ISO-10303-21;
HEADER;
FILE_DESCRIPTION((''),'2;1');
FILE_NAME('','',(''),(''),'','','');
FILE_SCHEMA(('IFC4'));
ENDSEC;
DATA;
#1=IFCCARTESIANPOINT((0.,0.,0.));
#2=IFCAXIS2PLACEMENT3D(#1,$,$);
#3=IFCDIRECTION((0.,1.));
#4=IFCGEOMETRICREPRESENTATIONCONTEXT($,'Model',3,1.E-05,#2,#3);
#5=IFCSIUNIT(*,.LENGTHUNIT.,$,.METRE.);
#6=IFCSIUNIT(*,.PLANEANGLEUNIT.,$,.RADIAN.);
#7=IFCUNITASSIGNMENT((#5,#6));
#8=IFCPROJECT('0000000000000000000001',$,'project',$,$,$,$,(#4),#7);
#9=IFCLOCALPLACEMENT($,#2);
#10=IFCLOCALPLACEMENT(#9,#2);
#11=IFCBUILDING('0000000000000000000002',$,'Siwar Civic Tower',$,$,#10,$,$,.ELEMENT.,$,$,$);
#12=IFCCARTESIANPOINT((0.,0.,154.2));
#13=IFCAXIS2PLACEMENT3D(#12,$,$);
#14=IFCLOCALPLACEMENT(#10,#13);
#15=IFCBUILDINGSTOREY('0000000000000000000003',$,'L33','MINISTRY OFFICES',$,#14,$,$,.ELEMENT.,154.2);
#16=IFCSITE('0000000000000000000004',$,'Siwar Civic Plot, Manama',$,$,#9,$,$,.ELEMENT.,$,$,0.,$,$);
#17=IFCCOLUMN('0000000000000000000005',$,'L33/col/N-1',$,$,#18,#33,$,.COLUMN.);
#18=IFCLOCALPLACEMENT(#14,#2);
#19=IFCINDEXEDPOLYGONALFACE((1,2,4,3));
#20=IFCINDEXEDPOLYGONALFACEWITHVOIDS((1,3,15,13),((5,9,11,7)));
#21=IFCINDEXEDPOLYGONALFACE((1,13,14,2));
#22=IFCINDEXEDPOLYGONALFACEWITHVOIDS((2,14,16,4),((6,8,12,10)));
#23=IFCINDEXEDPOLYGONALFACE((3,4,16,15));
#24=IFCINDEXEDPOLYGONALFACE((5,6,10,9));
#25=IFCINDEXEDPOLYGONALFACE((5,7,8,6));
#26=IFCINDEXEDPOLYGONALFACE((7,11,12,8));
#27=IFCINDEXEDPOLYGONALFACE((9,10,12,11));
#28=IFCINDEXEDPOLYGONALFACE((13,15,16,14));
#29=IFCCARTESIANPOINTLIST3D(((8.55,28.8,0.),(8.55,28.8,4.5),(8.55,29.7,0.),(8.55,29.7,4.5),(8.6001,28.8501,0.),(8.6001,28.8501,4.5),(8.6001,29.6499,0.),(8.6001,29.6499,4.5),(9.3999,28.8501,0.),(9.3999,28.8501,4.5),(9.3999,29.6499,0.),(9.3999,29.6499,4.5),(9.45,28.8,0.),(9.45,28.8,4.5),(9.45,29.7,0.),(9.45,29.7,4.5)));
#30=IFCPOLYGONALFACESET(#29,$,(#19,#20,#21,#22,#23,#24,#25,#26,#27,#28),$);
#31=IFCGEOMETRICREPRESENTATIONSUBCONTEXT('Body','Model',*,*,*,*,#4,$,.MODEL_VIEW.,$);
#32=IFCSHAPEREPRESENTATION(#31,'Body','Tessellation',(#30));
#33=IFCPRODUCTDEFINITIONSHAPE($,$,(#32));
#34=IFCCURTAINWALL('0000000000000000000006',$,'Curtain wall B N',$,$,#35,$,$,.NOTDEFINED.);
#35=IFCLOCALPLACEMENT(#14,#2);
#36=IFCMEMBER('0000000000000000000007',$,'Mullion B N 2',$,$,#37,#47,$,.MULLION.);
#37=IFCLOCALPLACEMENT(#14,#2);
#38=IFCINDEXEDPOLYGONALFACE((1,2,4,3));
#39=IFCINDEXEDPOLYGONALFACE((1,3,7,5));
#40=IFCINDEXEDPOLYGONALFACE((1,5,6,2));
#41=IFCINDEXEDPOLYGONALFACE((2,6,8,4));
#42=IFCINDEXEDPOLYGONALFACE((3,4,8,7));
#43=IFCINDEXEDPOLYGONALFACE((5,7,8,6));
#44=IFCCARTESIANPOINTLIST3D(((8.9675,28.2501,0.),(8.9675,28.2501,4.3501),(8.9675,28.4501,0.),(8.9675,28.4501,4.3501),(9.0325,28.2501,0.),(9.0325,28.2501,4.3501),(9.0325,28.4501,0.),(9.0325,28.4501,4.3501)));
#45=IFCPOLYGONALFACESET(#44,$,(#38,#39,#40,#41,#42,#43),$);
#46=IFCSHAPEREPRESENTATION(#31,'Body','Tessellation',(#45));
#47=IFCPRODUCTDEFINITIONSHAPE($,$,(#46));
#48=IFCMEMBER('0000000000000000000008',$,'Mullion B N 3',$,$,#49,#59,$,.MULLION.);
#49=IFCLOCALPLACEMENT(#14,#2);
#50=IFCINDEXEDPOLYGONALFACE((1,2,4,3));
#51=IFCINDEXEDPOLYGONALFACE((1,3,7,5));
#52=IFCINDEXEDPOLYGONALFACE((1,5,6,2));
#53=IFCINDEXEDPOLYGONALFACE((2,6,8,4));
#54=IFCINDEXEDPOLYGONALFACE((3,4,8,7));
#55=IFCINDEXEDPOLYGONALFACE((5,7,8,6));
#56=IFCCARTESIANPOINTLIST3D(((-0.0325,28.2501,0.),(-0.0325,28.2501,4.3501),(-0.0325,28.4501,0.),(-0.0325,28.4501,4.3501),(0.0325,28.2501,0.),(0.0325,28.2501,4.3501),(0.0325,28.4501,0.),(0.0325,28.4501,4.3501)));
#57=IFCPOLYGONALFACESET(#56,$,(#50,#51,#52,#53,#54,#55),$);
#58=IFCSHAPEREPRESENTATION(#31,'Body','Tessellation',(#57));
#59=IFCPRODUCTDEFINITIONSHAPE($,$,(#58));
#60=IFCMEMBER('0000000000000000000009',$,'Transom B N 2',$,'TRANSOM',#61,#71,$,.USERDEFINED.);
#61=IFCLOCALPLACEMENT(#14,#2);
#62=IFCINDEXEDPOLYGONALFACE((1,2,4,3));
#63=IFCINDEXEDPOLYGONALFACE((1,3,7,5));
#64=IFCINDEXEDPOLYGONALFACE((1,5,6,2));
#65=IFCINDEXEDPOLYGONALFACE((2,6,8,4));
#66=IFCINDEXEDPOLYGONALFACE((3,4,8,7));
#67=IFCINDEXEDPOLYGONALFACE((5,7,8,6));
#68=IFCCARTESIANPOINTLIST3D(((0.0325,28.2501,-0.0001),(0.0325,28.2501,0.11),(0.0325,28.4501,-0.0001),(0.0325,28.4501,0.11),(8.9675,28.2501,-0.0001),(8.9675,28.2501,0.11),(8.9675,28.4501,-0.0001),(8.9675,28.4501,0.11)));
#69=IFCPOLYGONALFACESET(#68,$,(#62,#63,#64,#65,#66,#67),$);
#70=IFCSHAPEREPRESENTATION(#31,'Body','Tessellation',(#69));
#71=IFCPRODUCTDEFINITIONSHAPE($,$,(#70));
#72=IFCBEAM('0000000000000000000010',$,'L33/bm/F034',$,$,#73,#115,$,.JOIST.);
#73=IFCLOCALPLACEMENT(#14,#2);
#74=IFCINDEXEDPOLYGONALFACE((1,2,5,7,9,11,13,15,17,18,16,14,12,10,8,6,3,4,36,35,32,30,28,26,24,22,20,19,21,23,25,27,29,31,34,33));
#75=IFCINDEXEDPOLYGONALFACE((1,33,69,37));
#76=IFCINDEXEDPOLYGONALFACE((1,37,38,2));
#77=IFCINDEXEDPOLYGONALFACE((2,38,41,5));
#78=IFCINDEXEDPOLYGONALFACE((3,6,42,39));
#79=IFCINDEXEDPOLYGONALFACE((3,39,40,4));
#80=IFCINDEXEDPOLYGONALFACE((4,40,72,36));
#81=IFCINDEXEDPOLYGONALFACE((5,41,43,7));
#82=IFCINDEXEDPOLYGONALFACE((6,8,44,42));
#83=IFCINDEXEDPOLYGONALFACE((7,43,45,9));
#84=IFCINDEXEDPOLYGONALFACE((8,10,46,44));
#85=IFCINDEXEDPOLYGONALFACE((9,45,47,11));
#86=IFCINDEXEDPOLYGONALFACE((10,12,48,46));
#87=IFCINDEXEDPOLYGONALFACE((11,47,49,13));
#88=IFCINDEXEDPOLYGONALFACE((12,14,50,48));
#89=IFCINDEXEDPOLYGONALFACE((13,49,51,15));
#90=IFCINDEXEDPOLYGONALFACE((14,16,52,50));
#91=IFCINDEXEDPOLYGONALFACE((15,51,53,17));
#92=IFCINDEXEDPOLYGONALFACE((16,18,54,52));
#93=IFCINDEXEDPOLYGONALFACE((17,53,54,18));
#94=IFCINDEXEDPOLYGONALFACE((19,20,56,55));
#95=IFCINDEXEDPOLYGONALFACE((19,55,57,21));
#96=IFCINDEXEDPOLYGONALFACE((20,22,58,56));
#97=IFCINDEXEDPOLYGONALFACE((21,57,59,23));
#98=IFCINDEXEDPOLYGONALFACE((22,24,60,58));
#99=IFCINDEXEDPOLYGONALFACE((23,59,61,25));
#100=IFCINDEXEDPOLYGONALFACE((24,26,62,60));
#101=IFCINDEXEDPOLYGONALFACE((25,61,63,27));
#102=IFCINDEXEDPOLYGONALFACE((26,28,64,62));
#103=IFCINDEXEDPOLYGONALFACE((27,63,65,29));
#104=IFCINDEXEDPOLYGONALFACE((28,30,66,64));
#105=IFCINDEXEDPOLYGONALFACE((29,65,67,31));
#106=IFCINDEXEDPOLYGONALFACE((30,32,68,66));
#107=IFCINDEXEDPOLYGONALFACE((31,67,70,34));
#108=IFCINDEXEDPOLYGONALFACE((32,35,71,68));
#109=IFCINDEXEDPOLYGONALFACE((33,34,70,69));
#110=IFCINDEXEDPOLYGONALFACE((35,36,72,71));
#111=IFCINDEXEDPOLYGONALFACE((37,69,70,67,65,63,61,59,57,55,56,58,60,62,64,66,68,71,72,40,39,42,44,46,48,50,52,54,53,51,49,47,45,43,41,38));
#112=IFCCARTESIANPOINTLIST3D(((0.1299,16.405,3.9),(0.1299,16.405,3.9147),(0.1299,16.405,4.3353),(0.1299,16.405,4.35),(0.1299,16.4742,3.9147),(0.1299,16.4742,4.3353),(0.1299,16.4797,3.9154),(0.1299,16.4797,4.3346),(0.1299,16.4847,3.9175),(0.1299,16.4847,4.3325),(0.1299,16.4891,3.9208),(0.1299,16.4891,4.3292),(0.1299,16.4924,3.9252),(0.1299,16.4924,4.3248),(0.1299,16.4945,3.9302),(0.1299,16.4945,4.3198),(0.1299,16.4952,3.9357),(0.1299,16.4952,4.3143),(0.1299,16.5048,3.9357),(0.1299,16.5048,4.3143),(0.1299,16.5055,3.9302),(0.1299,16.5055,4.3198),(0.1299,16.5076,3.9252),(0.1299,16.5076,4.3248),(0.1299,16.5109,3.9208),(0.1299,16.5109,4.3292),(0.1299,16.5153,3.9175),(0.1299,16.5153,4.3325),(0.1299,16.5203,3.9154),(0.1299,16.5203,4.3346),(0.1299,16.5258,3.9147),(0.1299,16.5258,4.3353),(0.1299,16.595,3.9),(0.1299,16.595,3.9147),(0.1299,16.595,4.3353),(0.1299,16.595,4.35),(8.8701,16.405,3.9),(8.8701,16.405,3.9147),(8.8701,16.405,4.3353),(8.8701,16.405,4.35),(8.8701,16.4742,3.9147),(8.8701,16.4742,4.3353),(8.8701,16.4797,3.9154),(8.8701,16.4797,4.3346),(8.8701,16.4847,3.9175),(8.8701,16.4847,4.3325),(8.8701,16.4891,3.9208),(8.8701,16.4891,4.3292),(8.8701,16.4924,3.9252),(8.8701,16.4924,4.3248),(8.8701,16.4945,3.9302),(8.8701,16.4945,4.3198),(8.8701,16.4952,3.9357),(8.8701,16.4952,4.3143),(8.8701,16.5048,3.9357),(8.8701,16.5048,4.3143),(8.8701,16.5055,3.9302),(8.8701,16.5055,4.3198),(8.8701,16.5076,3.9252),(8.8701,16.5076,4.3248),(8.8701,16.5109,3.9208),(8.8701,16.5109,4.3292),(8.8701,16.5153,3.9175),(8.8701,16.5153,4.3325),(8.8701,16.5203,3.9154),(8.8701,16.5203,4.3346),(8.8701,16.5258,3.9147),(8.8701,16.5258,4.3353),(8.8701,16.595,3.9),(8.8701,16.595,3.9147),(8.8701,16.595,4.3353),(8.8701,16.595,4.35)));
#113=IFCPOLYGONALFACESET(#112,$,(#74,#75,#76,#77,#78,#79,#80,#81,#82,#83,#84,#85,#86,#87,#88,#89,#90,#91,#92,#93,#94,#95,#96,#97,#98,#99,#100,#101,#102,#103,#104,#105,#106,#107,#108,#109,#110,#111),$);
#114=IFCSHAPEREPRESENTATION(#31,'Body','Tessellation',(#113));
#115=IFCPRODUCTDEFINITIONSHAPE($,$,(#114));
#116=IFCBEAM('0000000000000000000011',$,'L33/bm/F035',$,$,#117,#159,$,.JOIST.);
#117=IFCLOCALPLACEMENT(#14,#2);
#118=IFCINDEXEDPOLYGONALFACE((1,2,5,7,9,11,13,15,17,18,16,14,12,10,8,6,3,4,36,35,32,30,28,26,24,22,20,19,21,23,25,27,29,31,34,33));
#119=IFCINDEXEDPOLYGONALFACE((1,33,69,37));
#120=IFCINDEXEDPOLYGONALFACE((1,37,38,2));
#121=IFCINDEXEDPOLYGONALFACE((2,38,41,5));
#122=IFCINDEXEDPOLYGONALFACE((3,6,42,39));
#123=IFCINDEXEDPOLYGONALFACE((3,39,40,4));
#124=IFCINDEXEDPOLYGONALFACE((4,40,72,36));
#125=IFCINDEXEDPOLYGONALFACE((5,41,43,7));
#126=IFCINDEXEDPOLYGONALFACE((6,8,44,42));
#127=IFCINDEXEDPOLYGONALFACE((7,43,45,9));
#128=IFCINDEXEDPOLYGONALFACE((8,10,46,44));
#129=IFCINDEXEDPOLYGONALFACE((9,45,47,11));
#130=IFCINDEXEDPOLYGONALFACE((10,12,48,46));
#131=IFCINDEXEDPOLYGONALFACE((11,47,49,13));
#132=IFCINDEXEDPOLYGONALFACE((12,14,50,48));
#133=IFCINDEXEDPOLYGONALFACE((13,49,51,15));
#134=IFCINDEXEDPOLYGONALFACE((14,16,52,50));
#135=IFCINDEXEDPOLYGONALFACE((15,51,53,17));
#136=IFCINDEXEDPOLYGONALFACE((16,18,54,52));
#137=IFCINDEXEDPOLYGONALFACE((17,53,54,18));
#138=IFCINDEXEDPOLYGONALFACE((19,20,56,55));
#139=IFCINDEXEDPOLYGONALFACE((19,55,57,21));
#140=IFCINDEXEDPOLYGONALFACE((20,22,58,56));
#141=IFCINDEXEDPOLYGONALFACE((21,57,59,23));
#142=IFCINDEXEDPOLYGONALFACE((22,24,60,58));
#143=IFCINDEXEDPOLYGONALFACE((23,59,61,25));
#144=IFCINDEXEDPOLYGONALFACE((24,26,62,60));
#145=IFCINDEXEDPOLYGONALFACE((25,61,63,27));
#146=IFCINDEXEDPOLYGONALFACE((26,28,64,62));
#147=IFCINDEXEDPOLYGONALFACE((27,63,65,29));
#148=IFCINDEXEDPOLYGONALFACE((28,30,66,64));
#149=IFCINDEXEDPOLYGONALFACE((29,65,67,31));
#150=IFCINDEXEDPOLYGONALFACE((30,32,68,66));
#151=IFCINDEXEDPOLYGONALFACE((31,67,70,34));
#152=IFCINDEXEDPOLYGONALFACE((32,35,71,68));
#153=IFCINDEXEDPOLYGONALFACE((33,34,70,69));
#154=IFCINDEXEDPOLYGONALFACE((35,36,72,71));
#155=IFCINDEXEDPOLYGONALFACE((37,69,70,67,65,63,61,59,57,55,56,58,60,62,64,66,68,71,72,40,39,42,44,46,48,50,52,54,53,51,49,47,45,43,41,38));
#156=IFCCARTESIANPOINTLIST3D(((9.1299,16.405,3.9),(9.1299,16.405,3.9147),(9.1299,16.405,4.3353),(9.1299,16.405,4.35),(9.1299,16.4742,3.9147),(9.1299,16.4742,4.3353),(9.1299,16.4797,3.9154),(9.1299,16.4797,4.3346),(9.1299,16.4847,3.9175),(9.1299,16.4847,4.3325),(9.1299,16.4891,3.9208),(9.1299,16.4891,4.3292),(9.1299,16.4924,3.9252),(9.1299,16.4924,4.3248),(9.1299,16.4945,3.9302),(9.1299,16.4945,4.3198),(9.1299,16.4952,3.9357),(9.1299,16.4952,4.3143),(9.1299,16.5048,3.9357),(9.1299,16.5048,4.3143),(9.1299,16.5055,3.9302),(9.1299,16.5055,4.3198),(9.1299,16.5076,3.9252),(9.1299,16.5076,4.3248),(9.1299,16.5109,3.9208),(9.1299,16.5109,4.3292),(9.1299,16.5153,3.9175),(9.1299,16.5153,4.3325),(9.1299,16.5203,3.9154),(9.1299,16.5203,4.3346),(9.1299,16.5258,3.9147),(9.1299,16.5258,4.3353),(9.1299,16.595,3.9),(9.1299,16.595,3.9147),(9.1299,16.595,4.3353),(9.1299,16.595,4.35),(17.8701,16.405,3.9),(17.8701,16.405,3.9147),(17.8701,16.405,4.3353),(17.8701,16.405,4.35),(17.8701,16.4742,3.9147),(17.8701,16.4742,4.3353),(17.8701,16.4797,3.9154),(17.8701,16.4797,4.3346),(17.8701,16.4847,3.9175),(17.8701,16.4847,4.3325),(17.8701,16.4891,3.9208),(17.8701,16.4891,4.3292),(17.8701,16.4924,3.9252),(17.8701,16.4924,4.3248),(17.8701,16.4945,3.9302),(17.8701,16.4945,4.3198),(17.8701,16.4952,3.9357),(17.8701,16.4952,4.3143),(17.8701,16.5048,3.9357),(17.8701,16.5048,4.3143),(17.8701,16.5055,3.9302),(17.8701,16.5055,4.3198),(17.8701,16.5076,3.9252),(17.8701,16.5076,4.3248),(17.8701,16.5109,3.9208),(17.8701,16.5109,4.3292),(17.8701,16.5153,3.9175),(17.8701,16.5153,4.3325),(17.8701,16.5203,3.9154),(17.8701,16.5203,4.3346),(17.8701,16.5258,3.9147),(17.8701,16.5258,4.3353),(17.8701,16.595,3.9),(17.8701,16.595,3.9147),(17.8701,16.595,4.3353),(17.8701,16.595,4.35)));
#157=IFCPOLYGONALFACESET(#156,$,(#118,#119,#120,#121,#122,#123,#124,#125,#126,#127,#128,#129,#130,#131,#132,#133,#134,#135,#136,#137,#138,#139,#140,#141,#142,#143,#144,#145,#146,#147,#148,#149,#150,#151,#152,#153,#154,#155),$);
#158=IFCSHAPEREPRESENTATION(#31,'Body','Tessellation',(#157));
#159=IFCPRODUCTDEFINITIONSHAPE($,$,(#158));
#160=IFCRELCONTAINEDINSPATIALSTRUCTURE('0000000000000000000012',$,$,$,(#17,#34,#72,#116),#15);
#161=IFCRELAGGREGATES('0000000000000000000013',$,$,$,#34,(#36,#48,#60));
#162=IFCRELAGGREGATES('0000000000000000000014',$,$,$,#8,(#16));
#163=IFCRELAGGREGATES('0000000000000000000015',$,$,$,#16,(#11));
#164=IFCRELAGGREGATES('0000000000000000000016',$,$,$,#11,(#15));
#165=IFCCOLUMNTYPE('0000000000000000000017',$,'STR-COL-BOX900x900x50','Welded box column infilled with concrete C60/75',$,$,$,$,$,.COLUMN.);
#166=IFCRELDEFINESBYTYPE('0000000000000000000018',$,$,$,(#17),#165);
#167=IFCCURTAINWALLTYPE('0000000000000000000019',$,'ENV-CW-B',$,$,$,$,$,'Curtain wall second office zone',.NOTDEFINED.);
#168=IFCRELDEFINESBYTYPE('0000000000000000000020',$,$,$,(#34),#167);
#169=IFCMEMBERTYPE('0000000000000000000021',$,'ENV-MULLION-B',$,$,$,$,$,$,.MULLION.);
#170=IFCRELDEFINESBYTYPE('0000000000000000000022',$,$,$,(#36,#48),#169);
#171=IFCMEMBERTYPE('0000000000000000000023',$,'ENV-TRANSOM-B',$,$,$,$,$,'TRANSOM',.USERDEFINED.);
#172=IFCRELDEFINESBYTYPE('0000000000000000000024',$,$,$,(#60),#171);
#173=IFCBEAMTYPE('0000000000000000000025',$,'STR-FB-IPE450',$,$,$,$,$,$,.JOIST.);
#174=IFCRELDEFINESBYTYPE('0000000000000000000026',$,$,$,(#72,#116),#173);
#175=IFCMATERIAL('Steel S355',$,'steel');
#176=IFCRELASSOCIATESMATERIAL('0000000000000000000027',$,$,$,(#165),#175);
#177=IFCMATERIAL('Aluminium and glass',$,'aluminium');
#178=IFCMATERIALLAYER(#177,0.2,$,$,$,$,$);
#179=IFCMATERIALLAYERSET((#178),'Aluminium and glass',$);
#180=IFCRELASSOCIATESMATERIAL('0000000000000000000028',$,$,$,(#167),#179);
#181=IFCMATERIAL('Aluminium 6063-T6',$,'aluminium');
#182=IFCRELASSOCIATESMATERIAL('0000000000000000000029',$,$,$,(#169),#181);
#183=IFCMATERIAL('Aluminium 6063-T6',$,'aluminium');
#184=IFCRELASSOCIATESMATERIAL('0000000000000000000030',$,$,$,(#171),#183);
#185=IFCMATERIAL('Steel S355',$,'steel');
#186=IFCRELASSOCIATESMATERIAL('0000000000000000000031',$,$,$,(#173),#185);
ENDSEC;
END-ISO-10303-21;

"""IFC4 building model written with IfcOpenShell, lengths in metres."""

from ifc_helpers import new_model, si_unit, direction, frame, origin, origin_2d, place, context, subcontext, project, spatial, rectangle, hollow_rectangle, i_section, extrude, material, layer, layer_set, material_profile, profile_set, type_object, element, aggregate, save


model = new_model("IFC4")

# Units and contexts
model_context = context("Model", 3, precision=1e-05, world=origin(), true_north=direction((0.0, 1.0)))
body_context = subcontext(model_context, "Body", "Model", "MODEL_VIEW")
ifc_project = project(units=[si_unit("LENGTHUNIT", "METRE"), si_unit("PLANEANGLEUNIT", "RADIAN")], contexts=[model_context])

# Site, building, storey
site_placement = place(None, origin())
site = spatial("IfcSite", under=ifc_project, at=site_placement, Name="Siwar Civic Plot, Manama", CompositionType="ELEMENT", RefElevation=0.0)
building_placement = place(site_placement, origin())
building = spatial("IfcBuilding", under=site, at=building_placement, Name="Siwar Civic Tower", CompositionType="ELEMENT")
storey_placement = place(building_placement, frame((0.0, 0.0, 154.2)))
storey = spatial("IfcBuildingStorey", under=building, at=storey_placement, Name="L33", Description="MINISTRY OFFICES", CompositionType="ELEMENT", Elevation=154.2)

# Column
ifc_material_1 = material(Name="Steel S355", Category="steel")
ifc_material_profile_1 = material_profile(ifc_material_1, hollow_rectangle(XDim=0.8999, YDim=0.8999, WallThickness=0.05, at=origin_2d()), Name="BOX900x900x50")
ifc_profile_set_1 = profile_set([ifc_material_profile_1], Name="Steel S355")
column_type = type_object("IfcColumnType", Name="STR-COL-BOX900x900x50", Description="Welded box column infilled with concrete C60/75", PredefinedType="COLUMN", material=ifc_profile_set_1)
column_placement = place(storey_placement, frame((9.0, 29.25, 0.0), z_axis=(0.0, 0.0, 1.0), x_axis=(1.0, 0.0, 0.0)))
element("IfcColumn", 1, at=column_placement, inside=storey, type_object=column_type, Name="L33/col/N-1", PredefinedType="COLUMN", context=body_context, shape_type="SweptSolid", body=[
    extrude(hollow_rectangle(XDim=0.8999, YDim=0.8999, WallThickness=0.05, at=origin_2d()), origin(), (0.0, 0.0, 1.0), 4.5),
])

# Curtain wall, members
ifc_material_2 = material(Name="Aluminium and glass", Category="aluminium")
ifc_layer_1 = layer(ifc_material_2, 0.2)
ifc_layer_set_1 = layer_set([ifc_layer_1], Name="Aluminium and glass")
curtain_wall_type = type_object("IfcCurtainWallType", Name="ENV-CW-B", ElementType="Curtain wall second office zone", PredefinedType="NOTDEFINED", material=ifc_layer_set_1)
curtain_wall_placement = place(storey_placement, origin())
curtain_wall = element("IfcCurtainWall", 2, at=curtain_wall_placement, inside=storey, type_object=curtain_wall_type, Name="Curtain wall B N", PredefinedType="NOTDEFINED")
ifc_material_3 = material(Name="Aluminium 6063-T6", Category="aluminium")
ifc_material_profile_2 = material_profile(ifc_material_3, rectangle(XDim=0.2, YDim=0.0649, at=origin_2d()), Name="AL 200x65")
ifc_profile_set_2 = profile_set([ifc_material_profile_2], Name="Aluminium 6063-T6")
member_type_1 = type_object("IfcMemberType", Name="ENV-MULLION-B", PredefinedType="MULLION", material=ifc_profile_set_2)
member_1_placement = place(storey_placement, frame((9.0, 28.3501, 0.0), z_axis=(0.0, 0.0, 1.0), x_axis=(0.0, -1.0, 0.0)))
member_1 = element("IfcMember", 3, at=member_1_placement, type_object=member_type_1, Name="Mullion B N 2", PredefinedType="MULLION", context=body_context, shape_type="SweptSolid", body=[
    extrude(rectangle(XDim=0.2, YDim=0.0649, at=origin_2d()), origin(), (0.0, 0.0, 1.0), 4.3501),
])
member_2_placement = place(storey_placement, frame((0.0, 28.3501, 0.0), z_axis=(0.0, 0.0, 1.0), x_axis=(0.0, -1.0, 0.0)))
member_2 = element("IfcMember", 4, at=member_2_placement, type_object=member_type_1, Name="Mullion B N 3", PredefinedType="MULLION", context=body_context, shape_type="SweptSolid", body=[
    extrude(rectangle(XDim=0.2, YDim=0.0649, at=origin_2d()), origin(), (0.0, 0.0, 1.0), 4.3501),
])
ifc_material_4 = material(Name="Aluminium 6063-T6", Category="aluminium")
ifc_material_profile_3 = material_profile(ifc_material_4, rectangle(XDim=0.2, YDim=0.1101, at=origin_2d()), Name="AL 200x110")
ifc_profile_set_3 = profile_set([ifc_material_profile_3], Name="Aluminium 6063-T6")
member_type_2 = type_object("IfcMemberType", Name="ENV-TRANSOM-B", ElementType="TRANSOM", PredefinedType="USERDEFINED", material=ifc_profile_set_3)
member_3_placement = place(storey_placement, frame((8.9675, 28.3501, 0.0549), z_axis=(-1.0, 0.0, 0.0), x_axis=(0.0, -1.0, 0.0)))
member_3 = element("IfcMember", 5, at=member_3_placement, type_object=member_type_2, Name="Transom B N 2", ObjectType="TRANSOM", PredefinedType="USERDEFINED", context=body_context, shape_type="SweptSolid", body=[
    extrude(rectangle(XDim=0.2, YDim=0.1101, at=origin_2d()), origin(), (0.0, 0.0, 1.0), 8.9351),
])

# Beams
ifc_material_5 = material(Name="Steel S355", Category="steel")
ifc_material_profile_4 = material_profile(ifc_material_5, i_section(OverallWidth=0.1899, OverallDepth=0.45, WebThickness=0.0095, FlangeThickness=0.0146, FilletRadius=0.021, at=origin_2d()), Name="IPE450")
ifc_profile_set_4 = profile_set([ifc_material_profile_4], Name="Steel S355")
beam_type_1 = type_object("IfcBeamType", Name="STR-FB-IPE450", PredefinedType="JOIST", material=ifc_profile_set_4)
for number, where, z_axis, x_axis, name in (
    (6, (0.1299, 16.5, 4.125), (1.0, 0.0, 0.0), (0.0, 1.0, 0.0), "L33/bm/F034"),
    (7, (9.1299, 16.5, 4.125), (1.0, 0.0, 0.0), (0.0, 1.0, 0.0), "L33/bm/F035"),
):
    element("IfcBeam", number, at=place(storey_placement, frame(where, z_axis=z_axis, x_axis=x_axis)), inside=storey, type_object=beam_type_1, Name=name, PredefinedType="JOIST", context=body_context, shape_type="SweptSolid", body=[
        extrude(i_section(OverallWidth=0.1899, OverallDepth=0.45, WebThickness=0.0095, FlangeThickness=0.0146, FilletRadius=0.021, at=origin_2d()), origin(), (0.0, 0.0, 1.0), 8.7402),
    ])

aggregate(curtain_wall, [member_1, member_2, member_3])

save(model, "model.ifc")
